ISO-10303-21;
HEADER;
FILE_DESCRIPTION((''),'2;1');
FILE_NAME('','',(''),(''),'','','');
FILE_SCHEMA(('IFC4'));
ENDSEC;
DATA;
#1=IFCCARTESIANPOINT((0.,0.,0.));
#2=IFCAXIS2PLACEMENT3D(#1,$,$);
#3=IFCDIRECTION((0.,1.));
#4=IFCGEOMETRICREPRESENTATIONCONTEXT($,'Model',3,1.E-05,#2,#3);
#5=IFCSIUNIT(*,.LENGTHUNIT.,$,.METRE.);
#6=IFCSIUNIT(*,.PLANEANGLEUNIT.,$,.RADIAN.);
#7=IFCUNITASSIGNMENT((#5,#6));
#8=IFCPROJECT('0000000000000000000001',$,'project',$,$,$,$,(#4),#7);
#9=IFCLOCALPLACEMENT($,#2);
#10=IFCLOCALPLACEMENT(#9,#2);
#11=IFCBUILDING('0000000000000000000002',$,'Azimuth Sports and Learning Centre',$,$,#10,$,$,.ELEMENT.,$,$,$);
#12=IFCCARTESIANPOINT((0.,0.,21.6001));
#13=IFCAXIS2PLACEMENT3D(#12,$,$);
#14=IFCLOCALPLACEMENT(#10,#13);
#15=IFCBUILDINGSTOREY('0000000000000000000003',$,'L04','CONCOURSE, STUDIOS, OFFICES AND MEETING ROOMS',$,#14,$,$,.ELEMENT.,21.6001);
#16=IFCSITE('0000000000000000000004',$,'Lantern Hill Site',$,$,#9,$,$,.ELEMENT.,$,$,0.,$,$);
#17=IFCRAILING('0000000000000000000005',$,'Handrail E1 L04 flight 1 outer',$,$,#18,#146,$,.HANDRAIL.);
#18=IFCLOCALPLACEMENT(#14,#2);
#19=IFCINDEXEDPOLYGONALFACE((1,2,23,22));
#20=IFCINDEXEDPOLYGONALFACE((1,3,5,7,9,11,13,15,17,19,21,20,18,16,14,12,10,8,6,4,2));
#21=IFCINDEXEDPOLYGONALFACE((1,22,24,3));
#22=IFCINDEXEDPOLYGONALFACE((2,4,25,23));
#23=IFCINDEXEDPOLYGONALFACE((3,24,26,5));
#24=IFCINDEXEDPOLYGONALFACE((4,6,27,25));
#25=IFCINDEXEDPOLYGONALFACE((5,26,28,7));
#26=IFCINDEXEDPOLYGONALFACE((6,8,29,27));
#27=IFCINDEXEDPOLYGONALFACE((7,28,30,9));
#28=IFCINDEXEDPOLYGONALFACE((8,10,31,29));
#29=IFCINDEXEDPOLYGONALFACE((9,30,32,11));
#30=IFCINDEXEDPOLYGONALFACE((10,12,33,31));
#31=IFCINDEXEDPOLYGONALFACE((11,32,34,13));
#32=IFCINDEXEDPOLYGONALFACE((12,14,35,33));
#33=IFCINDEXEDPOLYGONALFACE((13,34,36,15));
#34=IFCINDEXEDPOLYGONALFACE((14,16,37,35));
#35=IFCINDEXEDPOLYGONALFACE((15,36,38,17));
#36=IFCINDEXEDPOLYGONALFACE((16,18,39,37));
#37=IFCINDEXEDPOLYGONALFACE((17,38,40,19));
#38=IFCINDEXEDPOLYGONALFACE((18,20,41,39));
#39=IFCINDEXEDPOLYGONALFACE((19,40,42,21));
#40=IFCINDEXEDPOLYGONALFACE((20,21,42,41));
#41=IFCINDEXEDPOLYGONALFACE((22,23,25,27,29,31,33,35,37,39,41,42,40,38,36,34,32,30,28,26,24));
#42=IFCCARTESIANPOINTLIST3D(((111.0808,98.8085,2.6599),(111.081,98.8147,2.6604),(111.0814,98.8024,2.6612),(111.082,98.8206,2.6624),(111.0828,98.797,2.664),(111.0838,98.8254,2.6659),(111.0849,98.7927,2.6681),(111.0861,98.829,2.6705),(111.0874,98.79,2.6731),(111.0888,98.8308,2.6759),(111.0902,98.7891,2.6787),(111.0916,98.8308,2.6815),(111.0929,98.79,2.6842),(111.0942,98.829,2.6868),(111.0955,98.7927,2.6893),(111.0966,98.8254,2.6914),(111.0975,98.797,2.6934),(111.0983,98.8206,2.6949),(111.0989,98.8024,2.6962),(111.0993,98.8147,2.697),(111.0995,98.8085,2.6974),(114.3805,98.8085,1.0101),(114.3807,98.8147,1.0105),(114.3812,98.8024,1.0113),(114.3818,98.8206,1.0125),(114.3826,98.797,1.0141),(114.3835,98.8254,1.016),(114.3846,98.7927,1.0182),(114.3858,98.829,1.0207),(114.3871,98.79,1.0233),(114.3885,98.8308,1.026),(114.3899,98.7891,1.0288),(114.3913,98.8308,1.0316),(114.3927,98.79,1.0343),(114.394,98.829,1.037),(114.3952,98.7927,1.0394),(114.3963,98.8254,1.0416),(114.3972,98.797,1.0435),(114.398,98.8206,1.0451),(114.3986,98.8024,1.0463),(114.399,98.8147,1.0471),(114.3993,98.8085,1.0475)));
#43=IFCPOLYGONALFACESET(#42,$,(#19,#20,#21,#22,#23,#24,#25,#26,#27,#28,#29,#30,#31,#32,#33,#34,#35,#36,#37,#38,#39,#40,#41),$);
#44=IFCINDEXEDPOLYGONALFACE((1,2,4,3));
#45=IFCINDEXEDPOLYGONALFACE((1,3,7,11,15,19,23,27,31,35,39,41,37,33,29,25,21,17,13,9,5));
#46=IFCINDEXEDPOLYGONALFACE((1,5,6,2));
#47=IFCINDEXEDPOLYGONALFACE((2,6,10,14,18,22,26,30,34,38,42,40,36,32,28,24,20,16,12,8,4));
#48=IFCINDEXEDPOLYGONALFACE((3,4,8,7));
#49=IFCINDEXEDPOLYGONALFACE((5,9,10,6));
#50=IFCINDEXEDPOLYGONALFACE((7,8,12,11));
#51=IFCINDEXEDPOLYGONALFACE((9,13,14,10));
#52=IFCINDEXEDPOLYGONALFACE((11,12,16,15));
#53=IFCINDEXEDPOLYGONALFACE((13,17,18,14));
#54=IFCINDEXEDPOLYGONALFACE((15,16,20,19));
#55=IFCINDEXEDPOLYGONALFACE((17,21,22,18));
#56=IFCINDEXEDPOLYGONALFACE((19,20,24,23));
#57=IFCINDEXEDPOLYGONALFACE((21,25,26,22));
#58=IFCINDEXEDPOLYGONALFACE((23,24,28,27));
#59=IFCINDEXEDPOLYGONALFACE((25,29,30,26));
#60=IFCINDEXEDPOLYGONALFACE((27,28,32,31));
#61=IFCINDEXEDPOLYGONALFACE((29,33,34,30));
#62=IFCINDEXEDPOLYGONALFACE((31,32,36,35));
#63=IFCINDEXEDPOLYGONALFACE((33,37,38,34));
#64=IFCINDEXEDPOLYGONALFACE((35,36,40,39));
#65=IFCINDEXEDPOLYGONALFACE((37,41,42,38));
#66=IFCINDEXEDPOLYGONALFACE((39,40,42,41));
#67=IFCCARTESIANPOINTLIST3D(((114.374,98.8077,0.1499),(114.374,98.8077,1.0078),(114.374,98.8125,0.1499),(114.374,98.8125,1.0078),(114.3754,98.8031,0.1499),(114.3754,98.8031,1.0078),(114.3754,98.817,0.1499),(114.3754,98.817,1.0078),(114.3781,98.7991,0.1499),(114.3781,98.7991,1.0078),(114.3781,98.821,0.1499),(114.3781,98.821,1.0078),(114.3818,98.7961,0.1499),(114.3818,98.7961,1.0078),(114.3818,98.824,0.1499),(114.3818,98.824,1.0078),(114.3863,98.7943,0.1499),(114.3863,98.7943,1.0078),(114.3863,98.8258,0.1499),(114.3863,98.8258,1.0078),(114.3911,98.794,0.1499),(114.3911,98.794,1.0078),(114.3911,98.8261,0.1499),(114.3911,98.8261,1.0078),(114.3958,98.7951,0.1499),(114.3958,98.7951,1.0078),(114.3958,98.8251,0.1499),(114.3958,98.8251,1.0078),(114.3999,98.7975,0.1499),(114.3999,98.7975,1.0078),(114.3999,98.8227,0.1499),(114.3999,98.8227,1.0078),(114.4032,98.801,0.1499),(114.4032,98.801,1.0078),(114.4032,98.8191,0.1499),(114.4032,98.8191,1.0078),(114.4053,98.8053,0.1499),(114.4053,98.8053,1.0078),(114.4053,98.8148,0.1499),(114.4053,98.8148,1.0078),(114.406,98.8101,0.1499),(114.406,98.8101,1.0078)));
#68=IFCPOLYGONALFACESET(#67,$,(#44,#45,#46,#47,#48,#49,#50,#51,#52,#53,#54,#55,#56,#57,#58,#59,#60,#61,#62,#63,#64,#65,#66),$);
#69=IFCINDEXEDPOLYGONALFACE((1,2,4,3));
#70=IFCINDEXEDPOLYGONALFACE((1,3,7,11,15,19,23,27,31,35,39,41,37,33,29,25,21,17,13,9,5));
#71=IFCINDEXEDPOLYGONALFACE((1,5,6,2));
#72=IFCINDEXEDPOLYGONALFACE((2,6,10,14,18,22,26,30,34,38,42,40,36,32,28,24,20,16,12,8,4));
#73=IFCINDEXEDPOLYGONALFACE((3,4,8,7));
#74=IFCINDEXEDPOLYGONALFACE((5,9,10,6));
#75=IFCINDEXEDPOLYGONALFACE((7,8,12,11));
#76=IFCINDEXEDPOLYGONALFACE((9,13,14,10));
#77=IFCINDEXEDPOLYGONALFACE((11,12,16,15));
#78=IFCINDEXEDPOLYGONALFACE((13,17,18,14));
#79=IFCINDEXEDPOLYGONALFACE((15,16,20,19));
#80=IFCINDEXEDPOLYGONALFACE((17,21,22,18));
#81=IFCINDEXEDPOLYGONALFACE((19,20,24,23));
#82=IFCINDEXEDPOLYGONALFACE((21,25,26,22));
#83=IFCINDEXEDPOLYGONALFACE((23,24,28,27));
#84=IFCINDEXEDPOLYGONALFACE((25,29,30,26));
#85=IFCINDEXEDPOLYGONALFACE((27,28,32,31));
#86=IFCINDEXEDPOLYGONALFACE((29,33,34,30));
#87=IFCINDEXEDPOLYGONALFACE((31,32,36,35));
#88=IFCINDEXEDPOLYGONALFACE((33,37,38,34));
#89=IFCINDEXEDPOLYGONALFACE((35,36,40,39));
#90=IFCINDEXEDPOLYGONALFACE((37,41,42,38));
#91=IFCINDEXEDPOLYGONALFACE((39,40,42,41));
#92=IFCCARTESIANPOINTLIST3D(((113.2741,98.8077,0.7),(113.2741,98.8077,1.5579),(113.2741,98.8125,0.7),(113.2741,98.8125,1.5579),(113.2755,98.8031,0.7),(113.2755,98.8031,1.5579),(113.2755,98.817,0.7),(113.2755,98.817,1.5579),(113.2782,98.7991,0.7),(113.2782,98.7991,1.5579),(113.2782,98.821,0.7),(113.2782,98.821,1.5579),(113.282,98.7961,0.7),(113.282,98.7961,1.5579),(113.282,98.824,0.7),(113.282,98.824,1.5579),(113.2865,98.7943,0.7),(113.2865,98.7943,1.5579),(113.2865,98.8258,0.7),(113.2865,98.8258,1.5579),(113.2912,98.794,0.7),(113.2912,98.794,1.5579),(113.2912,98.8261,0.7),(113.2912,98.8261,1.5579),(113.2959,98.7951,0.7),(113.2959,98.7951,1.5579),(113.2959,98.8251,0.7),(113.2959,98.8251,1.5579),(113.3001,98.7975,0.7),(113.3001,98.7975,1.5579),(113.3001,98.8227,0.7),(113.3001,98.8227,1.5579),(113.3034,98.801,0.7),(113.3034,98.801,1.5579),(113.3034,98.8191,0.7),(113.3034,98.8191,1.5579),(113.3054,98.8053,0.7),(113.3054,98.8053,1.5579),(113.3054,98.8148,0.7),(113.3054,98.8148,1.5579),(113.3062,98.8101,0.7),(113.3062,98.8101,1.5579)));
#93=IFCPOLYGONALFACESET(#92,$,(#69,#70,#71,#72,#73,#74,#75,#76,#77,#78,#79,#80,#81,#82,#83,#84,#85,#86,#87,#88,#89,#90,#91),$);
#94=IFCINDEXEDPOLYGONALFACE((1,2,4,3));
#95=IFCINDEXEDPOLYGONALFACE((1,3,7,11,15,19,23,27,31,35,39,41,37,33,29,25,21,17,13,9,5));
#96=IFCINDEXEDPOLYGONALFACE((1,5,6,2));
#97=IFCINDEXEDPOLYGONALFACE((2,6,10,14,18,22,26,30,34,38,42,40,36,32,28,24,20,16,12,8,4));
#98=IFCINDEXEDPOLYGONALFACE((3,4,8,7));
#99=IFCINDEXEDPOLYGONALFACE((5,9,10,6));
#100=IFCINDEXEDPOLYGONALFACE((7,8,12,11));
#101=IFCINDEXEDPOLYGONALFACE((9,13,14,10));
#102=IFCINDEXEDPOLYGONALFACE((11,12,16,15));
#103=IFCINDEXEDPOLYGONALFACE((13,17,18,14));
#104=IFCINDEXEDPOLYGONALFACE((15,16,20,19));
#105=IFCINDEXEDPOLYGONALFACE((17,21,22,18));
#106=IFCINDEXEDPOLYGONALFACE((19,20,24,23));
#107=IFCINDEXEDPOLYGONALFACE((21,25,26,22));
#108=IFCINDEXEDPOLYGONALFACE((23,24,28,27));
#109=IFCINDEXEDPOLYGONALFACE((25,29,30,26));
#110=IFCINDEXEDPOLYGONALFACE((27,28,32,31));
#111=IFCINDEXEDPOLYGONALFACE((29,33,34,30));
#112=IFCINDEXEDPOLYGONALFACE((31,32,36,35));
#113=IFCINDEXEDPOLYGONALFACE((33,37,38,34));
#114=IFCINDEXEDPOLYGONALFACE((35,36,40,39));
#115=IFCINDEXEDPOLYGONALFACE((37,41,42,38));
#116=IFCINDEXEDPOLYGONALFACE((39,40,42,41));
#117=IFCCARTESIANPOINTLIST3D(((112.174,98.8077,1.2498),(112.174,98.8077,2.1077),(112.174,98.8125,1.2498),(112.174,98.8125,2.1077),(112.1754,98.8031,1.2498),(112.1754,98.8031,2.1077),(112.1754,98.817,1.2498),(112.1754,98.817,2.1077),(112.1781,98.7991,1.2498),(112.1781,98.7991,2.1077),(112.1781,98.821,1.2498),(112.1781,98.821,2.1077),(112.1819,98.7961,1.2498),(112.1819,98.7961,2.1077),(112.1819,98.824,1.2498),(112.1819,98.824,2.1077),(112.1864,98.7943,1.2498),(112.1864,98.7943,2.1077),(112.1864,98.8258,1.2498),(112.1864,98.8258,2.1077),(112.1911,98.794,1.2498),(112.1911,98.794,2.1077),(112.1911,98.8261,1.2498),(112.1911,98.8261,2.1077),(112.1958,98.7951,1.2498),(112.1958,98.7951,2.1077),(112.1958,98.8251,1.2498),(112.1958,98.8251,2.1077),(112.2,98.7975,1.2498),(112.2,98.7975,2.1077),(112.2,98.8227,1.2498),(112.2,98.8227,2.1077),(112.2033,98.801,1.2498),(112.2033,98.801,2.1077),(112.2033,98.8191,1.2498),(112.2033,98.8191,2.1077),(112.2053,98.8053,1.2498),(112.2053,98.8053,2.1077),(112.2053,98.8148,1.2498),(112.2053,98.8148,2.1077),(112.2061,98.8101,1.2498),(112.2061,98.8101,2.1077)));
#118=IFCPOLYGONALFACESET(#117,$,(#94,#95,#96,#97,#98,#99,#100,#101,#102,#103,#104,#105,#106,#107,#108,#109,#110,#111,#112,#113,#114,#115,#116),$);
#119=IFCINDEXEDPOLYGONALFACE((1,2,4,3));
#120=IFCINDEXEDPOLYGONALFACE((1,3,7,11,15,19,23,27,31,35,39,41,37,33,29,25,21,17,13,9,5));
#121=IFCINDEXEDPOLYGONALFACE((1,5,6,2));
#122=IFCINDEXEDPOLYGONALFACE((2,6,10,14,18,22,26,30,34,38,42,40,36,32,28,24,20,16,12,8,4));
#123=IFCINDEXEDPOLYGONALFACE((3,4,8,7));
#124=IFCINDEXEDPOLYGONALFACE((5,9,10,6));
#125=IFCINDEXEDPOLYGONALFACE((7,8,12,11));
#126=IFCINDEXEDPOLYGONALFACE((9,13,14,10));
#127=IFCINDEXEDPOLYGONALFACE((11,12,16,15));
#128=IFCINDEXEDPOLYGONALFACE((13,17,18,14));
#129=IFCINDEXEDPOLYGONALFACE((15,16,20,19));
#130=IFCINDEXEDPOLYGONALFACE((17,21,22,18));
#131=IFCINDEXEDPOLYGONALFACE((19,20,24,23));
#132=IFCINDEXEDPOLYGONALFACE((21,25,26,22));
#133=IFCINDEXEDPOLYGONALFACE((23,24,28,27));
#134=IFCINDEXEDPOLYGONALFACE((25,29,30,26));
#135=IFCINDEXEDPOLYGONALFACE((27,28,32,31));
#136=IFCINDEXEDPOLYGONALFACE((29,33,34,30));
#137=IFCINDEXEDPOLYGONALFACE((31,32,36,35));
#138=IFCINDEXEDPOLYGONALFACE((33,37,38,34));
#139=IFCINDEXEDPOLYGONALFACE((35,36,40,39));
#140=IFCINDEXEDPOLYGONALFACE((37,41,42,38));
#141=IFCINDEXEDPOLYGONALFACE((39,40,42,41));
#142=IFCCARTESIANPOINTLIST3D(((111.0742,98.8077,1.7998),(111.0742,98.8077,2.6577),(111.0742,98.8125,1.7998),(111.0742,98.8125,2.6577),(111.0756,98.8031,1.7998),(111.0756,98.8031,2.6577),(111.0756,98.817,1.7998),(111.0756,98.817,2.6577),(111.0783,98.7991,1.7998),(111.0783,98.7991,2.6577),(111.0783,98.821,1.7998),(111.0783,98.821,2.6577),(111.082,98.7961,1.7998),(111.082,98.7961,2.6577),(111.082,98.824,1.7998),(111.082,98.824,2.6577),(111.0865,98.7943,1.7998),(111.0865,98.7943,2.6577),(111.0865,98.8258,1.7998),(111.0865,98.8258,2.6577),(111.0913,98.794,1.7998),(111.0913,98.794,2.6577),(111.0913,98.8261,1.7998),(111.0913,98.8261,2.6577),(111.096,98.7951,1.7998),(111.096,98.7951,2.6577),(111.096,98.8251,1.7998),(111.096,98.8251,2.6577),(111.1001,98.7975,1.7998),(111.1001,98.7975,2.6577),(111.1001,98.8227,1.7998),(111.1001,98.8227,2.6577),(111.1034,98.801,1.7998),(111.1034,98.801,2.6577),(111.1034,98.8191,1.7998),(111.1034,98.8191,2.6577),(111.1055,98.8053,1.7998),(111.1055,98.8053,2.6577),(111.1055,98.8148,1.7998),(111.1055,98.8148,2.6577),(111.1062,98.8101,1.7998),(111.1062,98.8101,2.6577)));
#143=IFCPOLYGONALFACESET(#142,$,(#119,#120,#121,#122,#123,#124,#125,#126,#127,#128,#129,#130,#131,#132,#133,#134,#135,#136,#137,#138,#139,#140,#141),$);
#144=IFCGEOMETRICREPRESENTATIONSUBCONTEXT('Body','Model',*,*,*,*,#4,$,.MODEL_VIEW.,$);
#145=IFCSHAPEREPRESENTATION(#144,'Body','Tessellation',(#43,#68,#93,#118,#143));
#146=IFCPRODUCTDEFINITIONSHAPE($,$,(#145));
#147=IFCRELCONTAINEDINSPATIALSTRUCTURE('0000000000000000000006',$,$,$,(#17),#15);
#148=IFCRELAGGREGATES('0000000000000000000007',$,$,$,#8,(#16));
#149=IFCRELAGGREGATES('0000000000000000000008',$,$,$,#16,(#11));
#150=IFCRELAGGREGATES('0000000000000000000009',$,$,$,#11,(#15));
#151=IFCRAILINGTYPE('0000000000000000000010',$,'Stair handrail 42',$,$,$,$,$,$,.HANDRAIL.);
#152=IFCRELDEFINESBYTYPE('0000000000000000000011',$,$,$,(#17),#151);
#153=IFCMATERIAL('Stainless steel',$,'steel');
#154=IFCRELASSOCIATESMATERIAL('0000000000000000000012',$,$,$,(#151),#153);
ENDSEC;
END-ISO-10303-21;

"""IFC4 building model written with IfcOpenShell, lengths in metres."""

from ifc_helpers import new_model, si_unit, direction, frame, origin, origin_2d, place, context, subcontext, project, spatial, circle, extrude, material, type_object, element, save


model = new_model("IFC4")

# Units and contexts
model_context = context("Model", 3, precision=1e-05, world=origin(), true_north=direction((0.0, 1.0)))
body_context = subcontext(model_context, "Body", "Model", "MODEL_VIEW")
ifc_project = project(units=[si_unit("LENGTHUNIT", "METRE"), si_unit("PLANEANGLEUNIT", "RADIAN")], contexts=[model_context])

# Site, building, storey
site_placement = place(None, origin())
site = spatial("IfcSite", under=ifc_project, at=site_placement, Name="Lantern Hill Site", CompositionType="ELEMENT", RefElevation=0.0)
building_placement = place(site_placement, origin())
building = spatial("IfcBuilding", under=site, at=building_placement, Name="Azimuth Sports and Learning Centre", CompositionType="ELEMENT")
storey_placement = place(building_placement, frame((0.0, 0.0, 21.6001)))
storey = spatial("IfcBuildingStorey", under=building, at=storey_placement, Name="L04", Description="CONCOURSE, STUDIOS, OFFICES AND MEETING ROOMS", CompositionType="ELEMENT", Elevation=21.6001)

# Railing
ifc_material_1 = material(Name="Stainless steel", Category="steel")
railing_type_1 = type_object("IfcRailingType", Name="Stair handrail 42", PredefinedType="HANDRAIL", material=ifc_material_1)
for number, where, name in (
    (1, (114.3899, 98.8101, 0.1499), "Handrail E1 L04 flight 1 outer"),
):
    element("IfcRailing", number, at=place(storey_placement, frame(where)), inside=storey, type_object=railing_type_1, Name=name, PredefinedType="HANDRAIL", context=body_context, shape_type="SweptSolid", body=[
        extrude(circle(Radius=0.021, at=origin_2d()), frame((0.0, 0.0, 0.8789), z_axis=(-0.894427, 0.0, 0.447214), x_axis=(0.0, -1.0, 0.0)), (0.0, 0.0, 1.0), 3.6892),
        extrude(circle(Radius=0.0161, at=origin_2d()), origin(), (0.0, 0.0, 1.0), 0.8579),
        extrude(circle(Radius=0.0161, at=origin_2d()), frame((-1.0999, 0.0, 0.55)), (0.0, 0.0, 1.0), 0.8579),
        extrude(circle(Radius=0.0161, at=origin_2d()), frame((-2.2, 0.0, 1.0999)), (0.0, 0.0, 1.0), 0.8579),
        extrude(circle(Radius=0.0161, at=origin_2d()), frame((-3.2998, 0.0, 1.6499)), (0.0, 0.0, 1.0), 0.8579),
    ])

save(model, "model.ifc")
